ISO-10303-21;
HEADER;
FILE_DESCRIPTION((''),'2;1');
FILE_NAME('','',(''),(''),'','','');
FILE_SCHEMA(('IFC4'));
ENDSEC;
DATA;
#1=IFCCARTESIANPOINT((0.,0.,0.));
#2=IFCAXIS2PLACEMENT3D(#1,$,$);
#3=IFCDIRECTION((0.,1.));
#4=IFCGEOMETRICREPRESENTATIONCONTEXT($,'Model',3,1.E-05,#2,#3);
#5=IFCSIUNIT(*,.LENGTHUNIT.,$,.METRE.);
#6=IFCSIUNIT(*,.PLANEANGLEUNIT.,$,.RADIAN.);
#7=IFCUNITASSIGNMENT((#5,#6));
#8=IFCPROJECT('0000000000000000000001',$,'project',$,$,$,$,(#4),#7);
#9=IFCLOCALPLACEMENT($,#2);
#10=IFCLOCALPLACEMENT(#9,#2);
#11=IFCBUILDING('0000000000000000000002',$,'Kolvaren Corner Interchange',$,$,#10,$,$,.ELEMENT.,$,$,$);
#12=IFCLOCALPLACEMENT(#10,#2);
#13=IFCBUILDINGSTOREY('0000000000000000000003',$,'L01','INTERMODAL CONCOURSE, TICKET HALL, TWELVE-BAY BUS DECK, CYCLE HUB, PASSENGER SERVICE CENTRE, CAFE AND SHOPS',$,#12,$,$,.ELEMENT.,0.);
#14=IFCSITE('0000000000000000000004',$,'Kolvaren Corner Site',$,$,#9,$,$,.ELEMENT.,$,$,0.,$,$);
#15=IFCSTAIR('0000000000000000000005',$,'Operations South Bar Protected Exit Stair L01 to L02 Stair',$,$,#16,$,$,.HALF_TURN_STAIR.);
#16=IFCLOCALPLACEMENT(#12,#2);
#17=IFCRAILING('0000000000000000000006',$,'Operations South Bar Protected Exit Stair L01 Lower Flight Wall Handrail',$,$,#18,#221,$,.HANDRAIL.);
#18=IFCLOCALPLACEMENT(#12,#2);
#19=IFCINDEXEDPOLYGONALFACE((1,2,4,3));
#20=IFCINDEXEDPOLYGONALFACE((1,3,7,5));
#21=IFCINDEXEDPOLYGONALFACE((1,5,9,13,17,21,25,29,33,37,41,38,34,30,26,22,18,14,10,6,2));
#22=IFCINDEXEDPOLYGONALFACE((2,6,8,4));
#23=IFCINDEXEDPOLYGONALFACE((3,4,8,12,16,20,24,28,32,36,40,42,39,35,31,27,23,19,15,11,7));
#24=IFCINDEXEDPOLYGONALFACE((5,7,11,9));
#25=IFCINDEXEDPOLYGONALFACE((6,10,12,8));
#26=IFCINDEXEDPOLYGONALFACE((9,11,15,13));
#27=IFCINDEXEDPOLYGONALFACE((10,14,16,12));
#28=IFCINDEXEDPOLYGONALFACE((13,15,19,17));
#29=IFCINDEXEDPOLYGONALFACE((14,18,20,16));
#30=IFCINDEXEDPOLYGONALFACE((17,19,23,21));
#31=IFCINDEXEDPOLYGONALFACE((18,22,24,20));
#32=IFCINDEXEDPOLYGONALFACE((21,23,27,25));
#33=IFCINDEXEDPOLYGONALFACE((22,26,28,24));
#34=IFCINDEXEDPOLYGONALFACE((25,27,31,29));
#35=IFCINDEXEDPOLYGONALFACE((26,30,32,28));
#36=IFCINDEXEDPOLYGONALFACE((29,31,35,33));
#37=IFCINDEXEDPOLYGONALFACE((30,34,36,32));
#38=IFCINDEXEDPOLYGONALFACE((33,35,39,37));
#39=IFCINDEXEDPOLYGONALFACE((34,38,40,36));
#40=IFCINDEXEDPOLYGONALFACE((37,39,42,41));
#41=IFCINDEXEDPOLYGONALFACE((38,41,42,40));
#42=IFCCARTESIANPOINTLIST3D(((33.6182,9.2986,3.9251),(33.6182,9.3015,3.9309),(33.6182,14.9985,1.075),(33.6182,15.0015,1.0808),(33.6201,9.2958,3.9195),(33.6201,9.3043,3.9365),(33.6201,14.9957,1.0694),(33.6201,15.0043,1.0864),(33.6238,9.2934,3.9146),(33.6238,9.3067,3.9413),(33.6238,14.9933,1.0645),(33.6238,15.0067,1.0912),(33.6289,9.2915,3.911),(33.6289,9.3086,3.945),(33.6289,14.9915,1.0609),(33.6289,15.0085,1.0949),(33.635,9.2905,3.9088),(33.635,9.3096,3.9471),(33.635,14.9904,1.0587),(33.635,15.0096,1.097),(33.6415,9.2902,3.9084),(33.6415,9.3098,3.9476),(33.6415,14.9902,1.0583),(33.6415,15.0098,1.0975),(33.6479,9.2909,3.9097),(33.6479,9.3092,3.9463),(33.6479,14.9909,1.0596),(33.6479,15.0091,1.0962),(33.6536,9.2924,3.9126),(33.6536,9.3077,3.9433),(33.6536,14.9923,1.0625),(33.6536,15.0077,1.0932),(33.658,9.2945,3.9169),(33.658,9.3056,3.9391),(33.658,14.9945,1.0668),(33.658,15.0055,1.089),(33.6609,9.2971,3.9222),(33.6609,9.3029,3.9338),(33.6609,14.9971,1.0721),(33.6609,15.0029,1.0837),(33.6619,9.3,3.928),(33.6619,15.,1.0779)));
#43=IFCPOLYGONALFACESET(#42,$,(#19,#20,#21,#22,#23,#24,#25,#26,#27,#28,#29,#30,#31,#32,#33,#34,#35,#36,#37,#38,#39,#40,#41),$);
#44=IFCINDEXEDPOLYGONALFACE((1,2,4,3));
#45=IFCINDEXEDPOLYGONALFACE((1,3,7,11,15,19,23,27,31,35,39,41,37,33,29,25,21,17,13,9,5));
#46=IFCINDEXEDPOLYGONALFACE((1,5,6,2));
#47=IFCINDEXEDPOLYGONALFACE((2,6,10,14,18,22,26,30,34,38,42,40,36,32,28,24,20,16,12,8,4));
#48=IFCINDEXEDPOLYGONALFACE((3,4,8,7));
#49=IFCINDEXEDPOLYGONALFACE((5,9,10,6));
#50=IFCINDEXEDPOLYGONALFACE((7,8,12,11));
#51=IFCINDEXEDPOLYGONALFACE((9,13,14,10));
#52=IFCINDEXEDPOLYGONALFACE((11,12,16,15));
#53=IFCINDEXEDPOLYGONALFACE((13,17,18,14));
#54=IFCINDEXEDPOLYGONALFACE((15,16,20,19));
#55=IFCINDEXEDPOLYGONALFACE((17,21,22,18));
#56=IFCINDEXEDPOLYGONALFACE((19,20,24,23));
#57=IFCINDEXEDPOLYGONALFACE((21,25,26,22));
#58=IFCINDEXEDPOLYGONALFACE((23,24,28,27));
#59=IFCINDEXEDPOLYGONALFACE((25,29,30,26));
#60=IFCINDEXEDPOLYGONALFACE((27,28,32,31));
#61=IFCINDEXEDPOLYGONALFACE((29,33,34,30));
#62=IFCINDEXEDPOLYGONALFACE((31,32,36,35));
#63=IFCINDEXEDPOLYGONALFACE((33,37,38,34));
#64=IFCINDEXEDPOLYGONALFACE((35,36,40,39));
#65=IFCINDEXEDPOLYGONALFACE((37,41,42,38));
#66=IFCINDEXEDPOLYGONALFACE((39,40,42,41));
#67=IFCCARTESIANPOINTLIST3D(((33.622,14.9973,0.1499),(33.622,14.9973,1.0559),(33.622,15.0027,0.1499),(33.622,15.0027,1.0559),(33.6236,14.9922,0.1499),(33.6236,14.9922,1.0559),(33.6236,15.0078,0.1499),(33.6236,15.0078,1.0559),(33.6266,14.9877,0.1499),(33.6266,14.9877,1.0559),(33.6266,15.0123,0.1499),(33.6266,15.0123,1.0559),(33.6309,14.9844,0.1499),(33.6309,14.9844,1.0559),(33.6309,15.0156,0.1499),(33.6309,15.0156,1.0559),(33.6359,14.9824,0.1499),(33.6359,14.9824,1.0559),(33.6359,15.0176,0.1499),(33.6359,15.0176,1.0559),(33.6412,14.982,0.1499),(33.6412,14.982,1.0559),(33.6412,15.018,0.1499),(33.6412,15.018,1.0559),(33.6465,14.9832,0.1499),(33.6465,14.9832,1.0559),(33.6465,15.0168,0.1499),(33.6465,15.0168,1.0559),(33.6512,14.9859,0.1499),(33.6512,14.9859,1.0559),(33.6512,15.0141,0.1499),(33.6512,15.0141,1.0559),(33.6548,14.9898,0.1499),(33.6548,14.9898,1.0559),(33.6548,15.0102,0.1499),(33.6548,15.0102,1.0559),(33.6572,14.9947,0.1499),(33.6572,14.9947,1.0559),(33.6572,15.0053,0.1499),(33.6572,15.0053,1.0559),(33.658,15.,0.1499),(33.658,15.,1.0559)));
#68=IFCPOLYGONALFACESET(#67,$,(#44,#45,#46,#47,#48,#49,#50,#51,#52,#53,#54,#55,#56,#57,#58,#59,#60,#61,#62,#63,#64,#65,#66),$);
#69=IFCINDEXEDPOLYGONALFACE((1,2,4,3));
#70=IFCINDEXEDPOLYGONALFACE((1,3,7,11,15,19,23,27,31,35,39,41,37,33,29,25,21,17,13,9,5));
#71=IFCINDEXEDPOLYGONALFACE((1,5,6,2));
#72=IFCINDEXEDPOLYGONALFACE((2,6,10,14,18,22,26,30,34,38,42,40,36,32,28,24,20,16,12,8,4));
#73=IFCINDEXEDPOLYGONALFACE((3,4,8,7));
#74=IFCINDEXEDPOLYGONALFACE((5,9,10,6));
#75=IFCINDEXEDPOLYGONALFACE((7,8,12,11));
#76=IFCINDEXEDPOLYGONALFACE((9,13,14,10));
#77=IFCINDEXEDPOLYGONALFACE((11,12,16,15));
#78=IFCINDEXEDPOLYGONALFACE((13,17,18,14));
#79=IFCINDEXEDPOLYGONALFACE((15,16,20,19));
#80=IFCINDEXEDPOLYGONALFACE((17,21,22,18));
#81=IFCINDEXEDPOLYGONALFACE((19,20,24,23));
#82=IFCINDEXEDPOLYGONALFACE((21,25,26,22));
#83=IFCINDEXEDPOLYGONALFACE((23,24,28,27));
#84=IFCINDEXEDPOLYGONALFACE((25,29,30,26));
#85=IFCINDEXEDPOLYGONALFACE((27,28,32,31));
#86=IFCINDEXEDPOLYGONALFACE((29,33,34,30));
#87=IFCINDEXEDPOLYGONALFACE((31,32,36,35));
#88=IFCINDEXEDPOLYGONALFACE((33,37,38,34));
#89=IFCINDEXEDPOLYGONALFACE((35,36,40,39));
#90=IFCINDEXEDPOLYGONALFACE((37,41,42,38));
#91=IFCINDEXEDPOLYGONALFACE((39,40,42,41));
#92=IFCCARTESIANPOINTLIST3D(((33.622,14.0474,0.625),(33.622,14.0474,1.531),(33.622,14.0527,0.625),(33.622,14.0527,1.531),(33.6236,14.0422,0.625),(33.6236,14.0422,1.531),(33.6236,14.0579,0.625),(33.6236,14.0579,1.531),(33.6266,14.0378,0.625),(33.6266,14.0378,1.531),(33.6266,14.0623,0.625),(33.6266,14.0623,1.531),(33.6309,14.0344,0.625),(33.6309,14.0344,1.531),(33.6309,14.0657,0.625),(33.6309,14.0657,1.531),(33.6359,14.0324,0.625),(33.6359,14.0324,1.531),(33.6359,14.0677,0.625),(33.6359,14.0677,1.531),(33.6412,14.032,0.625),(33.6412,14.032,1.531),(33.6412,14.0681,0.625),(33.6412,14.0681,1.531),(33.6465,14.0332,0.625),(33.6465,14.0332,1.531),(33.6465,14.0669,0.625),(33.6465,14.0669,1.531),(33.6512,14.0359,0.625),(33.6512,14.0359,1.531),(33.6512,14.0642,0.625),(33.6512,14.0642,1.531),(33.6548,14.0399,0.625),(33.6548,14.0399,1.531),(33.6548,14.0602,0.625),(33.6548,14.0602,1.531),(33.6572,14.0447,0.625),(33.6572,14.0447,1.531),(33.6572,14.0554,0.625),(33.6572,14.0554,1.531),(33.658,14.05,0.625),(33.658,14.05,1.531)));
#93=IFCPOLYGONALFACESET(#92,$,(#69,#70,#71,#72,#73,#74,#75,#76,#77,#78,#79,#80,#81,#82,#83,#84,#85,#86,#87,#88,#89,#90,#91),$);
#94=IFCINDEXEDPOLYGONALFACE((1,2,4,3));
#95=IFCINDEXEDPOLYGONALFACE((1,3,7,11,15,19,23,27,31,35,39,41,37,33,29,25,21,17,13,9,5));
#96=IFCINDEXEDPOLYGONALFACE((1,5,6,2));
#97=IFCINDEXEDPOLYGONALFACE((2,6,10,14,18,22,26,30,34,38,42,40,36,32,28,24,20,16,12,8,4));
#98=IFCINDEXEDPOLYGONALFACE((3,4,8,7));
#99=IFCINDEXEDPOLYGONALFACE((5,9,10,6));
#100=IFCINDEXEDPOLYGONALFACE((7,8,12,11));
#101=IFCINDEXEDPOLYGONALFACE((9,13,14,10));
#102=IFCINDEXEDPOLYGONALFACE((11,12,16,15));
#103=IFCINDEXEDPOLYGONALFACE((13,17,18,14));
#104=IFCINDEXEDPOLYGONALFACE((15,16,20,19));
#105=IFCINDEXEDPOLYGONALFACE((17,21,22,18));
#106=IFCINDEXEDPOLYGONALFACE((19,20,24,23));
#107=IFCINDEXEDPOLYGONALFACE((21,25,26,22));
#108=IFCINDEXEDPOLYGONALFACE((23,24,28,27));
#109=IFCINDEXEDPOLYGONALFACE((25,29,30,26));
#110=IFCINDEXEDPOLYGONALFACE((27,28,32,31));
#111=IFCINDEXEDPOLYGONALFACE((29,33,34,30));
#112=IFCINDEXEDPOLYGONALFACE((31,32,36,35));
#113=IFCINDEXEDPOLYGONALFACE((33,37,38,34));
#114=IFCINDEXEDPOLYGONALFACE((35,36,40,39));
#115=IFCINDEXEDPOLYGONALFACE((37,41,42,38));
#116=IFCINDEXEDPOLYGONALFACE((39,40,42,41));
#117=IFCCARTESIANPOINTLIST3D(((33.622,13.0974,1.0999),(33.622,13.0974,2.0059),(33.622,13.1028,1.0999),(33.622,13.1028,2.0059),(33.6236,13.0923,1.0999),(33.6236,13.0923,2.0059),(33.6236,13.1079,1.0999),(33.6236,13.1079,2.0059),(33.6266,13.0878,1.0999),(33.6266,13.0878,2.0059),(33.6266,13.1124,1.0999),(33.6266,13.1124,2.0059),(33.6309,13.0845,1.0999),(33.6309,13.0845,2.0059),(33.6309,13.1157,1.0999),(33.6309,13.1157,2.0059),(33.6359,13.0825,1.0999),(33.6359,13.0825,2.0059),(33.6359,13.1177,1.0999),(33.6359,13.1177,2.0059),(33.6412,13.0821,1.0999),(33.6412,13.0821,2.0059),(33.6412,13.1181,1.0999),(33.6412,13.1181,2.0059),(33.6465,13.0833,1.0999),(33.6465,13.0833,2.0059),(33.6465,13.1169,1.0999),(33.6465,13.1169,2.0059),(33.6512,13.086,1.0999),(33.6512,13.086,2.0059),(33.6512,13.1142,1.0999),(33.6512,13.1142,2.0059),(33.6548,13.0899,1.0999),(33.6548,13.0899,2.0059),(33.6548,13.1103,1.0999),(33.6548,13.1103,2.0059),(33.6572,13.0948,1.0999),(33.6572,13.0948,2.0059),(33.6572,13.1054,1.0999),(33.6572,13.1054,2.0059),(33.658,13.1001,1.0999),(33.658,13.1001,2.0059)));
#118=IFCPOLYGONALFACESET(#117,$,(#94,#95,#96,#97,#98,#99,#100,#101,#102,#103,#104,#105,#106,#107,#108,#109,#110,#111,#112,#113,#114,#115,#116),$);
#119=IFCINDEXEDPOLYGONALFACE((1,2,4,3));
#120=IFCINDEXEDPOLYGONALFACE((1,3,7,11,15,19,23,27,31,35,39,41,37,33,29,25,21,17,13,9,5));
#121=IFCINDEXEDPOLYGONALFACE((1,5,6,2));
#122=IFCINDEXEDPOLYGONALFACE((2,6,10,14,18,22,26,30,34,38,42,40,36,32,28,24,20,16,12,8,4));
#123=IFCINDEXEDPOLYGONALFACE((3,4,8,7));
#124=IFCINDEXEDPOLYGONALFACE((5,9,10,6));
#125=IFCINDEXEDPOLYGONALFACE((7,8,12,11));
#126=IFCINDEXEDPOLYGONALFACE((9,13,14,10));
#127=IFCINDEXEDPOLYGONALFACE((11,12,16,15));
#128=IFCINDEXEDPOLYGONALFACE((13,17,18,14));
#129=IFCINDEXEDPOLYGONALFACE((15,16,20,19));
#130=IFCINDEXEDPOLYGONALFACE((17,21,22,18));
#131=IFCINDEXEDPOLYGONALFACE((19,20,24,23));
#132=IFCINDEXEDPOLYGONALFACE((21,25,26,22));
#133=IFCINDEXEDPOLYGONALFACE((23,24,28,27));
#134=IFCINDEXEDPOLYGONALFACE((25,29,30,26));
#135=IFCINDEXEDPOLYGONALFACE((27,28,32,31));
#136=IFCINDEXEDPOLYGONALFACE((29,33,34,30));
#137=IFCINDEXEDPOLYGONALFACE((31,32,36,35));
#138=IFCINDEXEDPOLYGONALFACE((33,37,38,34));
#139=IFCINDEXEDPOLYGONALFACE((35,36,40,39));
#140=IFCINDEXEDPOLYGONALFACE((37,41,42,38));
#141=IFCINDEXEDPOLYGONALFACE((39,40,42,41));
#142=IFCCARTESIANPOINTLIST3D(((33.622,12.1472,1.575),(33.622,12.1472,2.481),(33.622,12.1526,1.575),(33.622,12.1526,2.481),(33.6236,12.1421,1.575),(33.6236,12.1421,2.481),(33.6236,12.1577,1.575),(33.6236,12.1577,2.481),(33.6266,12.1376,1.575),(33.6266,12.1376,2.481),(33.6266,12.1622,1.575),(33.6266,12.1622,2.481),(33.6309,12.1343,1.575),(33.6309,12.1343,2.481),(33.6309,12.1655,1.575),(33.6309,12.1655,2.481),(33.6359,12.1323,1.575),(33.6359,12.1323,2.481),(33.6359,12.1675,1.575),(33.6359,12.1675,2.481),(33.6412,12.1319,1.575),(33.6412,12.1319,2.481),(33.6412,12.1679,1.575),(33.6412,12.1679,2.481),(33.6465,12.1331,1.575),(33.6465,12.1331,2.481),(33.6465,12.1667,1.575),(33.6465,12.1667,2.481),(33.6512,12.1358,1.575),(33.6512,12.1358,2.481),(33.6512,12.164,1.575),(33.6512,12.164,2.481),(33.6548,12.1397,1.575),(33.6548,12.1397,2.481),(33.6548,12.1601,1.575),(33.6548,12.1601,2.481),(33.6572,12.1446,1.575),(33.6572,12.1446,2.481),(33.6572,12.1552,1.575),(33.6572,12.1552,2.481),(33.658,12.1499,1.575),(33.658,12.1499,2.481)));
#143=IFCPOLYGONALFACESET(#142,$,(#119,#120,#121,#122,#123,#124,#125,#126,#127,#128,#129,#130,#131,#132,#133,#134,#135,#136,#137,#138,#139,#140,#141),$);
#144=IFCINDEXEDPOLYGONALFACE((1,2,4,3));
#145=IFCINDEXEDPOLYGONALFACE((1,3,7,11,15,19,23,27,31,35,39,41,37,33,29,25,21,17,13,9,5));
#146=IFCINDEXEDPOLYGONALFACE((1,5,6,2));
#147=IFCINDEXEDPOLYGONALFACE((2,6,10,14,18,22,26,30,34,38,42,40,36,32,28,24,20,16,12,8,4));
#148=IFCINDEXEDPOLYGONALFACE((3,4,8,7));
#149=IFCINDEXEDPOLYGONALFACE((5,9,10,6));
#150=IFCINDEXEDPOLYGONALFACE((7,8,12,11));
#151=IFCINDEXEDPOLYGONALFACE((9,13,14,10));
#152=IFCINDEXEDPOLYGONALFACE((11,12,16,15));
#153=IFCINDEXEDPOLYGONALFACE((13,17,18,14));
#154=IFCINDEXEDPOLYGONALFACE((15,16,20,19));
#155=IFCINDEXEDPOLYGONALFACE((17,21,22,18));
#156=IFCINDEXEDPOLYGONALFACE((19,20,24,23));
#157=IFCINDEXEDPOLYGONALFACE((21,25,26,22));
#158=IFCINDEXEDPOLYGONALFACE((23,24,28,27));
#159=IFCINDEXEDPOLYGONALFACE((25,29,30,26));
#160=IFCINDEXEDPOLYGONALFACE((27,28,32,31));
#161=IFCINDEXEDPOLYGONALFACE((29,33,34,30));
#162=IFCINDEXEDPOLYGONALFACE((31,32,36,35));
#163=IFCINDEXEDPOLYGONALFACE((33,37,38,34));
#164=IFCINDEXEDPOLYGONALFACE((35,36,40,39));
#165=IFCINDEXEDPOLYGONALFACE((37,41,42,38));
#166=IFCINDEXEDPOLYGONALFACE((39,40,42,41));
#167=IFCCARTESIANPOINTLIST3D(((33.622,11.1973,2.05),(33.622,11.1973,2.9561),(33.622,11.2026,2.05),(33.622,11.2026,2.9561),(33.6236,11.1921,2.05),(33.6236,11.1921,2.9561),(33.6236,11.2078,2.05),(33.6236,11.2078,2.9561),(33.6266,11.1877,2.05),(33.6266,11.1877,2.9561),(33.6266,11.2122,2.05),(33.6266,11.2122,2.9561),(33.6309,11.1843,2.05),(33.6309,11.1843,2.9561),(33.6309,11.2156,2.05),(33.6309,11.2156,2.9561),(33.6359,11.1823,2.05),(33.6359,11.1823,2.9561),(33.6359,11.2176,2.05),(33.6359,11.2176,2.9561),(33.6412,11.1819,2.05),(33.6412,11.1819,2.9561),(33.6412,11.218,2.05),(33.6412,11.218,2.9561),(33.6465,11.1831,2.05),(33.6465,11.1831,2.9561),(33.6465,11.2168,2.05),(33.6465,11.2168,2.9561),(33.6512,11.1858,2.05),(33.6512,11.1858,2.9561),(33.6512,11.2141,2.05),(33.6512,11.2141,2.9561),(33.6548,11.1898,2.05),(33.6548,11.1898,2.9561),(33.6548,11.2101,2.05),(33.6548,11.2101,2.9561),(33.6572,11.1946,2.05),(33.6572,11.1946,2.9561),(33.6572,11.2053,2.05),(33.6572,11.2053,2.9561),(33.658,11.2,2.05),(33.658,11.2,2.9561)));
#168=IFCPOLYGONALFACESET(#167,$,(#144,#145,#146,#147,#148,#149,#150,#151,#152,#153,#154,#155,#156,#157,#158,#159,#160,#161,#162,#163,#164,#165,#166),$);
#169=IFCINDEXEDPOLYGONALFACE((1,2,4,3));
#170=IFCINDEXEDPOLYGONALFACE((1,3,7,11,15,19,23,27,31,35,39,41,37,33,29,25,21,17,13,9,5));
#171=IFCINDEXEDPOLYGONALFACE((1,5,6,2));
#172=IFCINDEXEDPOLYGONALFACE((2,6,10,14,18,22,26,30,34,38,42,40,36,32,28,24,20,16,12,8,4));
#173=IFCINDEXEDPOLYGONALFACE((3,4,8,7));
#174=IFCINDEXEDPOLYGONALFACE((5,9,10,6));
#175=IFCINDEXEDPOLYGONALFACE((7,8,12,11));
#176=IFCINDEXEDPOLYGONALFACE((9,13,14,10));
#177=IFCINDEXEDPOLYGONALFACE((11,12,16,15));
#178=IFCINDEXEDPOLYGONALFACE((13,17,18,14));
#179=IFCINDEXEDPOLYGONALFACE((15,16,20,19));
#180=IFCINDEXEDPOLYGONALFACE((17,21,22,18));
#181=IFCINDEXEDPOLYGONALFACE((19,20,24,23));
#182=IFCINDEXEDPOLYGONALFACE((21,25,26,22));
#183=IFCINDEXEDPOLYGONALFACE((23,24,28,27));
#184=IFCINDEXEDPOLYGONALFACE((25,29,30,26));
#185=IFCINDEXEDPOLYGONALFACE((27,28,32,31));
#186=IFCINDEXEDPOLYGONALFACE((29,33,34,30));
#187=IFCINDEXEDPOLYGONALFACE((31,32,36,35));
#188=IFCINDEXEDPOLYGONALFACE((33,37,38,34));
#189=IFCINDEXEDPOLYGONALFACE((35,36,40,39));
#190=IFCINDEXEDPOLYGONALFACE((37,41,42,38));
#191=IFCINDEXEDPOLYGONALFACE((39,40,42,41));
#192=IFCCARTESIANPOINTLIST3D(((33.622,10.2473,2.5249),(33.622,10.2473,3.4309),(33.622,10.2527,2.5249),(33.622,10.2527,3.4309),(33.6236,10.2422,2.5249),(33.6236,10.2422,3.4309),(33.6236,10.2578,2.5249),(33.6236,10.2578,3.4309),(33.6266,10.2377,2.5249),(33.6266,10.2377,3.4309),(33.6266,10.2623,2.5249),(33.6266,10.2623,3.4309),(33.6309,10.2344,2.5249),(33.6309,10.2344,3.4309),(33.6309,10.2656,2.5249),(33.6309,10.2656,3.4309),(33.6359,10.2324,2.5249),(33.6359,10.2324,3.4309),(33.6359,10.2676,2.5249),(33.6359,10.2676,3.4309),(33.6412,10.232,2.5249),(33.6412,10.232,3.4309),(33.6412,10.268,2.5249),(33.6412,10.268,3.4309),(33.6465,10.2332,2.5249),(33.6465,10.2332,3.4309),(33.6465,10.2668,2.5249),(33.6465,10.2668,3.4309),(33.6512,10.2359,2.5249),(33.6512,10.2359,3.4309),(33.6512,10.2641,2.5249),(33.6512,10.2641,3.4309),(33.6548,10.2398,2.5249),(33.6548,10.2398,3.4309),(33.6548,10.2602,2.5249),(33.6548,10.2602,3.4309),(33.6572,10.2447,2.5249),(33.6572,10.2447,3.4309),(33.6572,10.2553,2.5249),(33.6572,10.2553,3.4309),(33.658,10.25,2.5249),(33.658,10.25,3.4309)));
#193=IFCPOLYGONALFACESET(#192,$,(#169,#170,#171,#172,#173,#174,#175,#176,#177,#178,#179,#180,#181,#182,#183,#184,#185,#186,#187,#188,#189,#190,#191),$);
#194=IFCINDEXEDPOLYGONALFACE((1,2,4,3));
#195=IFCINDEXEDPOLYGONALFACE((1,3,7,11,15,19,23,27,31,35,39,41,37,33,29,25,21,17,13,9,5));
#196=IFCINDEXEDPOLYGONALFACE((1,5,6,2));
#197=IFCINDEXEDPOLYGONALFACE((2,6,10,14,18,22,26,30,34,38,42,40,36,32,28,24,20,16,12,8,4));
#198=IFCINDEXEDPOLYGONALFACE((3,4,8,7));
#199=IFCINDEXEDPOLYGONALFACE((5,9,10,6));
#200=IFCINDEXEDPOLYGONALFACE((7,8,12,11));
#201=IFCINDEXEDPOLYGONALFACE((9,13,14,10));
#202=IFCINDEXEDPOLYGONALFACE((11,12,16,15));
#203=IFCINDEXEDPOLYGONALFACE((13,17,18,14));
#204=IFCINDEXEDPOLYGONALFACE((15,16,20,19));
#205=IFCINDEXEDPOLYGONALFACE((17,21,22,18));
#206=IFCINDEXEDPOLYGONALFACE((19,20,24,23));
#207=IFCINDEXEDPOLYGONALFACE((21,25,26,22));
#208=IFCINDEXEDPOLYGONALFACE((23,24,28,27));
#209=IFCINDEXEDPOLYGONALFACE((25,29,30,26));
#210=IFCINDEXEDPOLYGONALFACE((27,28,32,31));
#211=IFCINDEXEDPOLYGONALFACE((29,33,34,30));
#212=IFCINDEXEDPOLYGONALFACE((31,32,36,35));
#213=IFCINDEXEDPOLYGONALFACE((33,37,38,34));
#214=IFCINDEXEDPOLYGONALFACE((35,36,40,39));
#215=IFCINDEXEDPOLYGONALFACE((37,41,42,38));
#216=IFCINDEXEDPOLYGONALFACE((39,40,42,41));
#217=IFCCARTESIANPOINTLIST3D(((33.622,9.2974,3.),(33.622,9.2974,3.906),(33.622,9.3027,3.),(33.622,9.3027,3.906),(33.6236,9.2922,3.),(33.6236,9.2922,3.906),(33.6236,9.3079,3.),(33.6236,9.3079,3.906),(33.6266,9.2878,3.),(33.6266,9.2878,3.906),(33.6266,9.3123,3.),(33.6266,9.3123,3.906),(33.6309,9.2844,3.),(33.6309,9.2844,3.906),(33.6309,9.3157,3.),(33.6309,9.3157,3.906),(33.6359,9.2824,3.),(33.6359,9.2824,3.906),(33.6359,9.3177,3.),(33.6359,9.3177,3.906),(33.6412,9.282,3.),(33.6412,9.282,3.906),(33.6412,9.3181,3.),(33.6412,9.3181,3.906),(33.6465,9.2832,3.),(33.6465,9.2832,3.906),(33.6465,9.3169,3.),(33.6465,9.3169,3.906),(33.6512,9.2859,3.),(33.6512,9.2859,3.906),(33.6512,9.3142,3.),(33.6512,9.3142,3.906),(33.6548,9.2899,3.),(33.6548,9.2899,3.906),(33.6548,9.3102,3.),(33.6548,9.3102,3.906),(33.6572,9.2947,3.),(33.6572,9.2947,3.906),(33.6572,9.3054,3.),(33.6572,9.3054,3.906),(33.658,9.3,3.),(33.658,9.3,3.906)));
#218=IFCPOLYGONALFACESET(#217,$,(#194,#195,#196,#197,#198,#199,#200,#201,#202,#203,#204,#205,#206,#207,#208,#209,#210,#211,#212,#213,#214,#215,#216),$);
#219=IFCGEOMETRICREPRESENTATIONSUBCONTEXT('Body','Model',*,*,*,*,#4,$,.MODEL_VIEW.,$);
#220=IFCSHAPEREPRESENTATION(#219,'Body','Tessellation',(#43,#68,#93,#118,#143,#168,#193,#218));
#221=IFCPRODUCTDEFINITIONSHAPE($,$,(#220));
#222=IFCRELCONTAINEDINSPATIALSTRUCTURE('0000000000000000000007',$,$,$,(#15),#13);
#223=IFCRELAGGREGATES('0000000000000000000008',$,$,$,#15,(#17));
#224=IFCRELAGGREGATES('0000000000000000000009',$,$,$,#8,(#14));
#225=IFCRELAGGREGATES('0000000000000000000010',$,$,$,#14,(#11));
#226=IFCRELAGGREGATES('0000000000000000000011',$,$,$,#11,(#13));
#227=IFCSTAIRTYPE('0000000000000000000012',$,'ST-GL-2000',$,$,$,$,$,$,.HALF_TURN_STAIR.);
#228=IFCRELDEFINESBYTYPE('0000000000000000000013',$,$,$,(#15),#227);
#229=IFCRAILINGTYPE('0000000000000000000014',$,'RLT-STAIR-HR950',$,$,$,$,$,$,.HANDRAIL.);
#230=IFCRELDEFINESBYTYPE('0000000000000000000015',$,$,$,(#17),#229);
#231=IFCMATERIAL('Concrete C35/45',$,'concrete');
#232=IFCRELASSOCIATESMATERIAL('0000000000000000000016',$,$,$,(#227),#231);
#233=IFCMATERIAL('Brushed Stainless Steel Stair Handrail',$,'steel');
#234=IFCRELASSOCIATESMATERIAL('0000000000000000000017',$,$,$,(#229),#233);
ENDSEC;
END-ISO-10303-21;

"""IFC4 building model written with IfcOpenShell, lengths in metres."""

from ifc_helpers import new_model, si_unit, direction, frame, origin, origin_2d, place, context, subcontext, project, spatial, circle, extrude, material, type_object, element, aggregate, save


model = new_model("IFC4")

# Units and contexts
model_context = context("Model", 3, precision=1e-05, world=origin(), true_north=direction((0.0, 1.0)))
body_context = subcontext(model_context, "Body", "Model", "MODEL_VIEW")
ifc_project = project(units=[si_unit("LENGTHUNIT", "METRE"), si_unit("PLANEANGLEUNIT", "RADIAN")], contexts=[model_context])

# Site, building, storey
site_placement = place(None, origin())
site = spatial("IfcSite", under=ifc_project, at=site_placement, Name="Kolvaren Corner Site", CompositionType="ELEMENT", RefElevation=0.0)
building_placement = place(site_placement, origin())
building = spatial("IfcBuilding", under=site, at=building_placement, Name="Kolvaren Corner Interchange", CompositionType="ELEMENT")
storey_placement = place(building_placement, origin())
storey = spatial("IfcBuildingStorey", under=building, at=storey_placement, Name="L01", Description="INTERMODAL CONCOURSE, TICKET HALL, TWELVE-BAY BUS DECK, CYCLE HUB, PASSENGER SERVICE CENTRE, CAFE AND SHOPS", CompositionType="ELEMENT", Elevation=0.0)

# Stair, railing
ifc_material_1 = material(Name="Concrete C35/45", Category="concrete")
stair_type = type_object("IfcStairType", Name="ST-GL-2000", PredefinedType="HALF_TURN_STAIR", material=ifc_material_1)
stair_placement = place(storey_placement, origin())
stair = element("IfcStair", 1, at=stair_placement, inside=storey, type_object=stair_type, Name="Operations South Bar Protected Exit Stair L01 to L02 Stair", PredefinedType="HALF_TURN_STAIR")
ifc_material_2 = material(Name="Brushed Stainless Steel Stair Handrail", Category="steel")
railing_type_1 = type_object("IfcRailingType", Name="RLT-STAIR-HR950", PredefinedType="HANDRAIL", material=ifc_material_2)
railing_1_placement = place(storey_placement, frame((33.6399, 15.0, 0.1499)))
railing_1 = element("IfcRailing", 2, at=railing_1_placement, type_object=railing_type_1, Name="Operations South Bar Protected Exit Stair L01 Lower Flight Wall Handrail", PredefinedType="HANDRAIL", context=body_context, shape_type="SweptSolid", body=[
    extrude(circle(Radius=0.022, at=origin_2d()), frame((0.0, 0.0, 0.928), z_axis=(0.0, -0.89442, 0.447229), x_axis=(1.0, 0.0, 0.0)), (0.0, 0.0, 1.0), 6.3728),
    extrude(circle(Radius=0.0181, at=origin_2d()), origin(), (0.0, 0.0, 1.0), 0.906),
    extrude(circle(Radius=0.0181, at=origin_2d()), frame((0.0, -0.95, 0.4751)), (0.0, 0.0, 1.0), 0.906),
    extrude(circle(Radius=0.0181, at=origin_2d()), frame((0.0, -1.8999, 0.95)), (0.0, 0.0, 1.0), 0.906),
    extrude(circle(Radius=0.0181, at=origin_2d()), frame((0.0, -2.8501, 1.425)), (0.0, 0.0, 1.0), 0.906),
    extrude(circle(Radius=0.0181, at=origin_2d()), frame((0.0, -3.8, 1.9001)), (0.0, 0.0, 1.0), 0.906),
    extrude(circle(Radius=0.0181, at=origin_2d()), frame((0.0, -4.75, 2.375)), (0.0, 0.0, 1.0), 0.906),
    extrude(circle(Radius=0.0181, at=origin_2d()), frame((0.0, -5.7, 2.8501)), (0.0, 0.0, 1.0), 0.906),
])
aggregate(stair, [railing_1])

save(model, "model.ifc")
